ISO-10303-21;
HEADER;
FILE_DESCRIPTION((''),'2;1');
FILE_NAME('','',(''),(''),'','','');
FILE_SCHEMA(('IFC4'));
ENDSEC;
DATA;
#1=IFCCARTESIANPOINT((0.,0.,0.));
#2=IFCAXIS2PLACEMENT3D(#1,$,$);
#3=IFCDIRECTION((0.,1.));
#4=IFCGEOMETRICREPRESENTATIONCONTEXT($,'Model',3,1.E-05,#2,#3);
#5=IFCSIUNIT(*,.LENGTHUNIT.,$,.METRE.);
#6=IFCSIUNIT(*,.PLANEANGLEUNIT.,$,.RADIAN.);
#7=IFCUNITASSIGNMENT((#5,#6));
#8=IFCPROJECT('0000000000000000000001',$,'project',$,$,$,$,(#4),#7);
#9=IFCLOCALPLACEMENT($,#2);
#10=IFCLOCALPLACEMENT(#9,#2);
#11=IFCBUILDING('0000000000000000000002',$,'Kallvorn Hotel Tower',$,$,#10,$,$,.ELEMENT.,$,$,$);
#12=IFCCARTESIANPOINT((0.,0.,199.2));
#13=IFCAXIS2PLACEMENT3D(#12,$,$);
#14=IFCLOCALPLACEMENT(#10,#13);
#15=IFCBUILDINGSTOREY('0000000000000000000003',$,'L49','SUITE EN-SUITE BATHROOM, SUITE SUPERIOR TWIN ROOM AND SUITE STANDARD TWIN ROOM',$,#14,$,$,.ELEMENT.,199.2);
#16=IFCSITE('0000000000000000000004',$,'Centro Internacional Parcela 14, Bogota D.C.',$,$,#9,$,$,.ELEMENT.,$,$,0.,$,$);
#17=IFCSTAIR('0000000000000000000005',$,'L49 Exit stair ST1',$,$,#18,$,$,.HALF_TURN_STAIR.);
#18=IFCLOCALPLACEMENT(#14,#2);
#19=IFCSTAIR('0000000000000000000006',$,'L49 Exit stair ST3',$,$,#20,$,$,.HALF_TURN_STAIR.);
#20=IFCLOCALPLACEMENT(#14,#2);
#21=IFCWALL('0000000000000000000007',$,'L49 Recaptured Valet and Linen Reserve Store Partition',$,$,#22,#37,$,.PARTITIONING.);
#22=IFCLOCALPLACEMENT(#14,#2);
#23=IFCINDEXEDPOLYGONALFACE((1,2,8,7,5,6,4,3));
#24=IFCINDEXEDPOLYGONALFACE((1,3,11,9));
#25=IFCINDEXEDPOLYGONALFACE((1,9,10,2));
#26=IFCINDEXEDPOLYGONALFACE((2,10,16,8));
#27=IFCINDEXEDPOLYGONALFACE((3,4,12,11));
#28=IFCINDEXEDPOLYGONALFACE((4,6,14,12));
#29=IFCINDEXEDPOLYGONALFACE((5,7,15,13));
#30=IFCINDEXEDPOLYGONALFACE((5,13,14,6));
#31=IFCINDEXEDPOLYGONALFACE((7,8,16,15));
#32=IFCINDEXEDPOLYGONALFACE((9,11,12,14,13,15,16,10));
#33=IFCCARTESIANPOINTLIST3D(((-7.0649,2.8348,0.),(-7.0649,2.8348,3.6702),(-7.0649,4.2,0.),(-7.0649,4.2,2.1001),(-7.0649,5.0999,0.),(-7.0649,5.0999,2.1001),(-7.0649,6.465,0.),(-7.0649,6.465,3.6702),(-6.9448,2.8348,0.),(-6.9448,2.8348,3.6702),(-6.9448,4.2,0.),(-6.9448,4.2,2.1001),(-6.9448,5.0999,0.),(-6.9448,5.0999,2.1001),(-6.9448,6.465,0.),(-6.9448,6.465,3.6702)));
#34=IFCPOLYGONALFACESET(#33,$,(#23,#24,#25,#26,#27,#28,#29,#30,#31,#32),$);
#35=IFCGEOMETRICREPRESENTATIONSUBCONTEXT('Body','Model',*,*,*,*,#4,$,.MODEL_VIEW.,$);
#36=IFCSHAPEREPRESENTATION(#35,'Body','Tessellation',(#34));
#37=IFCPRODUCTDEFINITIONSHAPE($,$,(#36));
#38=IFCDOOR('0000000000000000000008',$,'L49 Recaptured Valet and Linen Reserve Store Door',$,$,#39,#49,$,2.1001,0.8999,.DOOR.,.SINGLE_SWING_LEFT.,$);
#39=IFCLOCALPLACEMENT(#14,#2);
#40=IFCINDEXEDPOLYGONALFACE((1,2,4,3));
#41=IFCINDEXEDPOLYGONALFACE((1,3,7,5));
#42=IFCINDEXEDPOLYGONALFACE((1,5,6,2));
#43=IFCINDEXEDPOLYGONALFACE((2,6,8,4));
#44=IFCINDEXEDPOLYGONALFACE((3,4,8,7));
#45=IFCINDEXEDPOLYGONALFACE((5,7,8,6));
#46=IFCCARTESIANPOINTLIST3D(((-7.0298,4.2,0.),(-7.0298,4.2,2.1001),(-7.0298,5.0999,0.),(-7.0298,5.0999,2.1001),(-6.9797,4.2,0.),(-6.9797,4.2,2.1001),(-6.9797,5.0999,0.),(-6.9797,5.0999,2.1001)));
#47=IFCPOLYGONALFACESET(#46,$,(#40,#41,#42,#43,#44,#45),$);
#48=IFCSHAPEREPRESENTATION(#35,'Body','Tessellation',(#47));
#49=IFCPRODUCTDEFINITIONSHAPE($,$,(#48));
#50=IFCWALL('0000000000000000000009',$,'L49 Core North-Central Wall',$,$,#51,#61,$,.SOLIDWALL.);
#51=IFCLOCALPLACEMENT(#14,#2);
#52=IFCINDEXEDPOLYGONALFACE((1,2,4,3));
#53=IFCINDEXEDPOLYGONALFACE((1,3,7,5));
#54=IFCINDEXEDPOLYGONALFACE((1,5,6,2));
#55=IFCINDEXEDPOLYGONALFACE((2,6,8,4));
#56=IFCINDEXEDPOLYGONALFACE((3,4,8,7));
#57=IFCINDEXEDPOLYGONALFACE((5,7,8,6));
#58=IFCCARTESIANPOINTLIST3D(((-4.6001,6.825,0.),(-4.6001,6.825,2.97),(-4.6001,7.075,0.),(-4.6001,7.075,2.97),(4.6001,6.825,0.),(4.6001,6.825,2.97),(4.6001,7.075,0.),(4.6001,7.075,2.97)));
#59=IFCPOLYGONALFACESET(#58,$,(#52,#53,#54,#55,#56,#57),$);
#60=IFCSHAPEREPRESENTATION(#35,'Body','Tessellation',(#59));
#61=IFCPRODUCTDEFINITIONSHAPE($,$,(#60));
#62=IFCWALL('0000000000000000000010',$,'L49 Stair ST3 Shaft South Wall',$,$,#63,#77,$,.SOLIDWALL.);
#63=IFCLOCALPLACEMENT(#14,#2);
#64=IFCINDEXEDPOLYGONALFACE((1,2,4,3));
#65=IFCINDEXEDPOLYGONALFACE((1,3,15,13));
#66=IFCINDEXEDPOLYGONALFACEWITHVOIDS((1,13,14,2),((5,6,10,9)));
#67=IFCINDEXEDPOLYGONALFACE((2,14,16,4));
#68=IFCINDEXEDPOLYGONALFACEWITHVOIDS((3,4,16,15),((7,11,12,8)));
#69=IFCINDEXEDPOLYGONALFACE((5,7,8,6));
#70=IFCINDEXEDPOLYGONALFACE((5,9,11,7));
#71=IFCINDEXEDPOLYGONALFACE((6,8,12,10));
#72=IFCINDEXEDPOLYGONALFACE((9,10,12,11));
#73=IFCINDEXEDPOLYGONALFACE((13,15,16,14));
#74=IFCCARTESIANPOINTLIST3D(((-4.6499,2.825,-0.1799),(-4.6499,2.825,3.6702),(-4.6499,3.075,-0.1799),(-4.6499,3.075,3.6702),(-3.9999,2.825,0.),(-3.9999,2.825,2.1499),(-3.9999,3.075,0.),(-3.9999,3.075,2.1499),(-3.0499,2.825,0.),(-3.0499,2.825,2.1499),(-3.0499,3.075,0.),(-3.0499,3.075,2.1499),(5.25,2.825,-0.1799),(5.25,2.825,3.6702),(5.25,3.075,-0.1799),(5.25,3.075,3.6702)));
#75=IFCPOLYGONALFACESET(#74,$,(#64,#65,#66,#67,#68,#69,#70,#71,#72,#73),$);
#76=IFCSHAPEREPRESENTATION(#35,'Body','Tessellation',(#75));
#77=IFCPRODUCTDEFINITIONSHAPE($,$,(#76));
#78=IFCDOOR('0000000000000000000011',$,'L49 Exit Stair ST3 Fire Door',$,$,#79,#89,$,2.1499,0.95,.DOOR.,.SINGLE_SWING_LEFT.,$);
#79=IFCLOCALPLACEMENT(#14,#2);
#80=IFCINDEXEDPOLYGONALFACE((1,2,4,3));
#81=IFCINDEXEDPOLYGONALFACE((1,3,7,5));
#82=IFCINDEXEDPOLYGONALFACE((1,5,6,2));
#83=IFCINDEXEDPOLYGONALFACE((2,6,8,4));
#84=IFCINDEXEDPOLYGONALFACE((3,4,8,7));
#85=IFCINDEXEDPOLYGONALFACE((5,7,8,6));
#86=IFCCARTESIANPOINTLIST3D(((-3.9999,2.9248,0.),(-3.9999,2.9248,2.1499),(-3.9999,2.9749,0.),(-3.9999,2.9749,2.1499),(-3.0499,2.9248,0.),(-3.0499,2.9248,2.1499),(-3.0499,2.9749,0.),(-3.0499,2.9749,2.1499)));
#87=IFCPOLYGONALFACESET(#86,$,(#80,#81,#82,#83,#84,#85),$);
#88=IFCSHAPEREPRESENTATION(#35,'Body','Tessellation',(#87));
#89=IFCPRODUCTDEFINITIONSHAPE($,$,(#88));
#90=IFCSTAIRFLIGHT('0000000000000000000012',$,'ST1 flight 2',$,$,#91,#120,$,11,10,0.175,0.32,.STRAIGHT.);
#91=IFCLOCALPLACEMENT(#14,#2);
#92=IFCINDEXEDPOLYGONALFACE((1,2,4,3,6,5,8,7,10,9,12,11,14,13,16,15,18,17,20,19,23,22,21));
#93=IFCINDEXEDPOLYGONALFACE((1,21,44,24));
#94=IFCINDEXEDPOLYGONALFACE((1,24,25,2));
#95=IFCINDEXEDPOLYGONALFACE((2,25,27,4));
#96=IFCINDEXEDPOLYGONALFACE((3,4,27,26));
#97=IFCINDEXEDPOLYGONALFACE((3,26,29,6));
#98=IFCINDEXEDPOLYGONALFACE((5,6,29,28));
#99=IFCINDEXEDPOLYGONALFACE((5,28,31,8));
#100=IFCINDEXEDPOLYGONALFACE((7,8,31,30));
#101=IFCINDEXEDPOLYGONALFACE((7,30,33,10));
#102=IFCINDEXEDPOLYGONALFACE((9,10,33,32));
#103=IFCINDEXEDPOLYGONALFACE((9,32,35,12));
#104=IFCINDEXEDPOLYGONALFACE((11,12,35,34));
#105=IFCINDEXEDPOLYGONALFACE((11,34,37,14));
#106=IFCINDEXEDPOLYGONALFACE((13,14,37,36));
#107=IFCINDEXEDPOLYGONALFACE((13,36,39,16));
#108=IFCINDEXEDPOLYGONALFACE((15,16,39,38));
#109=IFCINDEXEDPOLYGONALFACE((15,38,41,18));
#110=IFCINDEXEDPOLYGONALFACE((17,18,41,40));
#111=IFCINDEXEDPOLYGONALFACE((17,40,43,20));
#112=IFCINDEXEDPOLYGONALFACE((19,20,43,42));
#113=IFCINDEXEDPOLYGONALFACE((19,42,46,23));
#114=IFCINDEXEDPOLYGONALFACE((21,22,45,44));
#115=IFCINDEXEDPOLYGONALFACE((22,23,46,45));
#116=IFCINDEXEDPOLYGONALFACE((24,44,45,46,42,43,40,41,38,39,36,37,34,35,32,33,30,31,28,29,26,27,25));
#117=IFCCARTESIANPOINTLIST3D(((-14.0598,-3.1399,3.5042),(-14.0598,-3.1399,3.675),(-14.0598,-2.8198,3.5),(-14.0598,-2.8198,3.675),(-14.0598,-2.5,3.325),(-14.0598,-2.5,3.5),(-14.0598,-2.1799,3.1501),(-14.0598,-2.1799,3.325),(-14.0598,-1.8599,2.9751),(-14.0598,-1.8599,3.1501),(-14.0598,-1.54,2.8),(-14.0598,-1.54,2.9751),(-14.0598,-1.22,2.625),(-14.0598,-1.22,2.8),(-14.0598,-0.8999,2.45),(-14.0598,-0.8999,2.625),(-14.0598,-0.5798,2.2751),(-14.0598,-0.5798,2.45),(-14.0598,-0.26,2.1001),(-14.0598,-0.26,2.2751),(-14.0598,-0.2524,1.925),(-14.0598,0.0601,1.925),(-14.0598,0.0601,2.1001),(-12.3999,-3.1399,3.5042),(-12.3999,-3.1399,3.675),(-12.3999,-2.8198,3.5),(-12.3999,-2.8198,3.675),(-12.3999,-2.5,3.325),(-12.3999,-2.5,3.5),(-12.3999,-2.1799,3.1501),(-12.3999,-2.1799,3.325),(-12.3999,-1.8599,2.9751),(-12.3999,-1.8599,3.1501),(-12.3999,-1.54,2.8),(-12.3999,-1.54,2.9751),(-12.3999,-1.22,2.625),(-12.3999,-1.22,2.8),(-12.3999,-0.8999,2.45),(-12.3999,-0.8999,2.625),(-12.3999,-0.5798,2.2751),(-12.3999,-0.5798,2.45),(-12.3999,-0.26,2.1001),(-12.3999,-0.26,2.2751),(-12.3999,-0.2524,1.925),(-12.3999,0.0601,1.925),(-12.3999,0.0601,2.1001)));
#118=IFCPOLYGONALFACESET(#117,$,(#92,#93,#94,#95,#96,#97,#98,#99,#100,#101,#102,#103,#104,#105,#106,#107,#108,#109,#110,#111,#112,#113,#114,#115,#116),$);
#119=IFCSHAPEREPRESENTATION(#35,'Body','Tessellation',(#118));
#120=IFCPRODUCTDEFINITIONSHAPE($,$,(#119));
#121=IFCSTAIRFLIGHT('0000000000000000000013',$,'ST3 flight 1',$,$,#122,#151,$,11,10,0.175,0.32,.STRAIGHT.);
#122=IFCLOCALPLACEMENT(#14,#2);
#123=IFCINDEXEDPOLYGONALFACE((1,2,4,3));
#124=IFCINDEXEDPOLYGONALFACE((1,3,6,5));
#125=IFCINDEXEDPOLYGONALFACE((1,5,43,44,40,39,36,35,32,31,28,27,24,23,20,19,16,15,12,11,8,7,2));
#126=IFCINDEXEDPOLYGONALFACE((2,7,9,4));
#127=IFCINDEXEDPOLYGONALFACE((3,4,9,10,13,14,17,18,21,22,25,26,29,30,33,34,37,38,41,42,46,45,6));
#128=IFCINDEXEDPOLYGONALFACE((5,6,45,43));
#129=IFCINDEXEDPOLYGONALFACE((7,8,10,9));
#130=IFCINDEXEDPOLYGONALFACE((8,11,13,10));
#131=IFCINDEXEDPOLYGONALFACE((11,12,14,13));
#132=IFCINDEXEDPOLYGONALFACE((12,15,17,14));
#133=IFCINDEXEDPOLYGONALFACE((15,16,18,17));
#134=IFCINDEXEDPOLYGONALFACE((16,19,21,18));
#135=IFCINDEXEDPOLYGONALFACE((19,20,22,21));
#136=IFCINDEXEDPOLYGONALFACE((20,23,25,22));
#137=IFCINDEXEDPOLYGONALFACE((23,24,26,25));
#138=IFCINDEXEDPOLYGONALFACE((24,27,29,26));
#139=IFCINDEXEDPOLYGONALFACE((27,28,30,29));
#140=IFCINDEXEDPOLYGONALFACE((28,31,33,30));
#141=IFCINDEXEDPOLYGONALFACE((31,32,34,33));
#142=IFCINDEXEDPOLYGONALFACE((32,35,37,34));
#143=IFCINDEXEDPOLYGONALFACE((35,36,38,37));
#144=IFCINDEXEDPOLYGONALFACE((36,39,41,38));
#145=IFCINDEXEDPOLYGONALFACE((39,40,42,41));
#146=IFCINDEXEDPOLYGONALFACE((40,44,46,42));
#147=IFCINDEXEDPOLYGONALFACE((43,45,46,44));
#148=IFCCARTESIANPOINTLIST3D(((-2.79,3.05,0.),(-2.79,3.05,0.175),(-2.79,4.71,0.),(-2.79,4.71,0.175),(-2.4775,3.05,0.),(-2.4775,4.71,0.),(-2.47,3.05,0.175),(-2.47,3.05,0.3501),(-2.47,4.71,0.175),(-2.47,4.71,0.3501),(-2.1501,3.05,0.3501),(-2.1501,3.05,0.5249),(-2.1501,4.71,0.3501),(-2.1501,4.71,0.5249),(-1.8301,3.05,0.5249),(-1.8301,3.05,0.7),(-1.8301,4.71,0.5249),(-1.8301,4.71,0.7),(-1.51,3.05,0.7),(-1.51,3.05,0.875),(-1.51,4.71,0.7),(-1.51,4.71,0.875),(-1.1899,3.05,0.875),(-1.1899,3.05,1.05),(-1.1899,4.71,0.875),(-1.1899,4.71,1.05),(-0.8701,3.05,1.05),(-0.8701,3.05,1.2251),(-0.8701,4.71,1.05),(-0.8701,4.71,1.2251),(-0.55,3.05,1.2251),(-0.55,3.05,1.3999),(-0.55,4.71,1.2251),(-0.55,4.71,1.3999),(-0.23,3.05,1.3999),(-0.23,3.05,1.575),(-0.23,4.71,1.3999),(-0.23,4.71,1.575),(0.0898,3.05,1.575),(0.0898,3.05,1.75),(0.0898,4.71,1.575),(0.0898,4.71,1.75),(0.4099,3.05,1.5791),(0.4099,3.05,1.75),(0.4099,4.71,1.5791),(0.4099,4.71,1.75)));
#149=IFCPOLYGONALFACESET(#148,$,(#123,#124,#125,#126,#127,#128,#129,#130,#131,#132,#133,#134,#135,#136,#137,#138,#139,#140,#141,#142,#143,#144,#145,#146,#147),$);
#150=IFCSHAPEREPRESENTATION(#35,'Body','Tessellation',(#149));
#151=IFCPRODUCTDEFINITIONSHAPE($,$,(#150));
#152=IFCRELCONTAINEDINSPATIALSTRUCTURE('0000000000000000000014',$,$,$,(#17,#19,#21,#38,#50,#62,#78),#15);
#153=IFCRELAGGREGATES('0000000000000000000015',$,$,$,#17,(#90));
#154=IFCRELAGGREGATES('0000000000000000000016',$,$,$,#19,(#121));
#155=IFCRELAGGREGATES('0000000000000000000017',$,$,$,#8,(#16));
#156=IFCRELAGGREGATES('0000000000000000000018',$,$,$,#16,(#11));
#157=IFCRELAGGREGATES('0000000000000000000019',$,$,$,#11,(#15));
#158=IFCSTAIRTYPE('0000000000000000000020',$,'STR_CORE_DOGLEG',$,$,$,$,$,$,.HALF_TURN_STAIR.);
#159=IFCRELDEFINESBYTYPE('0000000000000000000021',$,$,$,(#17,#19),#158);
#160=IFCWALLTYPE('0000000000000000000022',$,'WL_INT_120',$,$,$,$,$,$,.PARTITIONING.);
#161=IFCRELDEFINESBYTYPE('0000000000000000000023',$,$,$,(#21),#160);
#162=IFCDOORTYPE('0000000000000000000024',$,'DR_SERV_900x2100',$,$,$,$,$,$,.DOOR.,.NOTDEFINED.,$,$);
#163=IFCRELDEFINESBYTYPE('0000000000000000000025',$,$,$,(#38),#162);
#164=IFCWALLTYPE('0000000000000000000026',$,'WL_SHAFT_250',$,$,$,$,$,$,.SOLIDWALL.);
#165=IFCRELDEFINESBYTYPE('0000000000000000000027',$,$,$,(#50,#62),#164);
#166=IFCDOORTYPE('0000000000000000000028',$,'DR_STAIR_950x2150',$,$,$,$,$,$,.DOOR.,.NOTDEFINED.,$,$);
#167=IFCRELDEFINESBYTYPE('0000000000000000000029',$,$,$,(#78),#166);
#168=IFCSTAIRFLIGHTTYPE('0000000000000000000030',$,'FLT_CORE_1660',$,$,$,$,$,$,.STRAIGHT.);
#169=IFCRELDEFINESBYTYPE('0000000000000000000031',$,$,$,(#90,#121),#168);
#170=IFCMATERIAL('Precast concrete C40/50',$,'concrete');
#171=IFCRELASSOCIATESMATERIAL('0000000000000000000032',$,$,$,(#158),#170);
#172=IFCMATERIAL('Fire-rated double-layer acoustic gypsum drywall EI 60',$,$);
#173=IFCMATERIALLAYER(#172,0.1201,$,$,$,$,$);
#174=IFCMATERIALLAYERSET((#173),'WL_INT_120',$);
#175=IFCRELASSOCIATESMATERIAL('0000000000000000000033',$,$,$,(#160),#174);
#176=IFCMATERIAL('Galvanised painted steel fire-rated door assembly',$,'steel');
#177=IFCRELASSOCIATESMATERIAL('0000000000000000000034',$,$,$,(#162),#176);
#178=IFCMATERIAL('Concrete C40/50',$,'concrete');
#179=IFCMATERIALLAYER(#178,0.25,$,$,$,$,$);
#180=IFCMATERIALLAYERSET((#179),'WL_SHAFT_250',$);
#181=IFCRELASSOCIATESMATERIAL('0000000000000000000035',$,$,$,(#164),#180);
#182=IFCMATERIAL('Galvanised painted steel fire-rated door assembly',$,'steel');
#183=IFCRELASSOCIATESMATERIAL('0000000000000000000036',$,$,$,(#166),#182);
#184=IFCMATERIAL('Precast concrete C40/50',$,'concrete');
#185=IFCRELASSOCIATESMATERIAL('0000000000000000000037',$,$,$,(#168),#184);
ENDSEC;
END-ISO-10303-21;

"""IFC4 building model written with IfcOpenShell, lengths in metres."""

from ifc_helpers import new_model, si_unit, direction, frame, frame_2d, origin, place, context, subcontext, project, spatial, polyline, rectangle, outline, extrude, material, layer, layer_set, type_object, element, fill, aggregate, save


model = new_model("IFC4")

# Units and contexts
model_context = context("Model", 3, precision=1e-05, world=origin(), true_north=direction((0.0, 1.0)))
body_context = subcontext(model_context, "Body", "Model", "MODEL_VIEW")
ifc_project = project(units=[si_unit("LENGTHUNIT", "METRE"), si_unit("PLANEANGLEUNIT", "RADIAN")], contexts=[model_context])

# Site, building, storey
site_placement = place(None, origin())
site = spatial("IfcSite", under=ifc_project, at=site_placement, Name="Centro Internacional Parcela 14, Bogota D.C.", CompositionType="ELEMENT", RefElevation=0.0)
building_placement = place(site_placement, origin())
building = spatial("IfcBuilding", under=site, at=building_placement, Name="Kallvorn Hotel Tower", CompositionType="ELEMENT")
storey_placement = place(building_placement, frame((0.0, 0.0, 199.2)))
storey = spatial("IfcBuildingStorey", under=building, at=storey_placement, Name="L49", Description="SUITE EN-SUITE BATHROOM, SUITE SUPERIOR TWIN ROOM AND SUITE STANDARD TWIN ROOM", CompositionType="ELEMENT", Elevation=199.2)

# Stairs
ifc_material_1 = material(Name="Precast concrete C40/50", Category="concrete")
stair_type = type_object("IfcStairType", Name="STR_CORE_DOGLEG", PredefinedType="HALF_TURN_STAIR", material=ifc_material_1)
stair_1_placement = place(storey_placement, origin())
stair_1 = element("IfcStair", 1, at=stair_1_placement, inside=storey, type_object=stair_type, Name="L49 Exit stair ST1", PredefinedType="HALF_TURN_STAIR")
stair_2_placement = place(storey_placement, origin())
stair_2 = element("IfcStair", 2, at=stair_2_placement, inside=storey, type_object=stair_type, Name="L49 Exit stair ST3", PredefinedType="HALF_TURN_STAIR")

# Shared definitions
ifc_material_2 = material(Name="Fire-rated double-layer acoustic gypsum drywall EI 60")
ifc_layer_1 = layer(ifc_material_2, 0.1201)
ifc_layer_set_1 = layer_set([ifc_layer_1], Name="WL_INT_120")
wall_type_1 = type_object("IfcWallType", Name="WL_INT_120", PredefinedType="PARTITIONING", material=ifc_layer_set_1)

# Wall, opening, door
wall_1_placement = place(storey_placement, frame((-7.0049, 2.835, 0.0), z_axis=(0.0, 0.0, 1.0), x_axis=(0.0, 1.0, 0.0)))
wall_1 = element("IfcWall", 3, at=wall_1_placement, inside=storey, type_object=wall_type_1, Name="L49 Recaptured Valet and Linen Reserve Store Partition", PredefinedType="PARTITIONING", context=body_context, shape_type="SweptSolid", body=[
    extrude(rectangle(XDim=3.6301, YDim=0.1201, at=frame_2d((1.8149, 0.0))), origin(), (0.0, 0.0, 1.0), 3.6702),
])
opening_1_placement = place(wall_1_placement, frame((1.365, 0.0, 0.0)))
opening_1 = element("IfcOpeningElement", 4, at=opening_1_placement, cuts=wall_1, PredefinedType="OPENING", context=body_context, shape_type="SweptSolid", body=[
    extrude(rectangle(XDim=0.8999, YDim=2.1001, at=frame_2d((0.45, 1.05))), frame((0.0, 0.075, 0.0), z_axis=(0.0, -1.0, 0.0), x_axis=(1.0, 0.0, 0.0)), (0.0, 0.0, 1.0), 0.1501),
])
ifc_material_3 = material(Name="Galvanised painted steel fire-rated door assembly", Category="steel")
door_type_1 = type_object("IfcDoorType", Name="DR_SERV_900x2100", OperationType="NOTDEFINED", PredefinedType="DOOR", material=ifc_material_3)
door_1_placement = place(opening_1_placement, origin())
door_1 = element("IfcDoor", 5, at=door_1_placement, inside=storey, type_object=door_type_1, Name="L49 Recaptured Valet and Linen Reserve Store Door", OperationType="SINGLE_SWING_LEFT", OverallHeight=2.1001, OverallWidth=0.8999, PredefinedType="DOOR", context=body_context, shape_type="SweptSolid", body=[
    extrude(rectangle(XDim=0.8999, YDim=2.1001, at=frame_2d((0.45, 1.05))), frame((0.0, 0.0249, 0.0), z_axis=(0.0, -1.0, 0.0), x_axis=(1.0, 0.0, 0.0)), (0.0, 0.0, 1.0), 0.05),
])
fill(opening_1, door_1)

# Wall
ifc_material_4 = material(Name="Concrete C40/50", Category="concrete")
ifc_layer_2 = layer(ifc_material_4, 0.25)
ifc_layer_set_2 = layer_set([ifc_layer_2], Name="WL_SHAFT_250")
wall_type_2 = type_object("IfcWallType", Name="WL_SHAFT_250", PredefinedType="SOLIDWALL", material=ifc_layer_set_2)
wall_2_placement = place(storey_placement, frame((-4.6001, 6.95, 0.0), z_axis=(0.0, 0.0, 1.0), x_axis=(1.0, 0.0, 0.0)))
element("IfcWall", 6, at=wall_2_placement, inside=storey, type_object=wall_type_2, Name="L49 Core North-Central Wall", PredefinedType="SOLIDWALL", context=body_context, shape_type="SweptSolid", body=[
    extrude(rectangle(XDim=9.2002, YDim=0.25, at=frame_2d((4.6001, 0.0))), origin(), (0.0, 0.0, 1.0), 2.97),
])

# Wall, opening, door
wall_3_placement = place(storey_placement, frame((-4.6499, 2.95, -0.1799), z_axis=(0.0, 0.0, 1.0), x_axis=(1.0, 0.0, 0.0)))
wall_3 = element("IfcWall", 7, at=wall_3_placement, inside=storey, type_object=wall_type_2, Name="L49 Stair ST3 Shaft South Wall", PredefinedType="SOLIDWALL", context=body_context, shape_type="SweptSolid", body=[
    extrude(rectangle(XDim=9.8999, YDim=0.25, at=frame_2d((4.95, 0.0))), origin(), (0.0, 0.0, 1.0), 3.8501),
])
opening_2_placement = place(wall_3_placement, frame((0.6499, 0.0, 0.1799)))
opening_2 = element("IfcOpeningElement", 8, at=opening_2_placement, cuts=wall_3, PredefinedType="OPENING", context=body_context, shape_type="SweptSolid", body=[
    extrude(rectangle(XDim=0.95, YDim=2.1499, at=frame_2d((0.4751, 1.075))), frame((0.0, 0.1399, 0.0), z_axis=(0.0, -1.0, 0.0), x_axis=(1.0, 0.0, 0.0)), (0.0, 0.0, 1.0), 0.28),
])
ifc_material_5 = material(Name="Galvanised painted steel fire-rated door assembly", Category="steel")
door_type_2 = type_object("IfcDoorType", Name="DR_STAIR_950x2150", OperationType="NOTDEFINED", PredefinedType="DOOR", material=ifc_material_5)
door_2_placement = place(opening_2_placement, origin())
door_2 = element("IfcDoor", 9, at=door_2_placement, inside=storey, type_object=door_type_2, Name="L49 Exit Stair ST3 Fire Door", OperationType="SINGLE_SWING_LEFT", OverallHeight=2.1499, OverallWidth=0.95, PredefinedType="DOOR", context=body_context, shape_type="SweptSolid", body=[
    extrude(rectangle(XDim=0.95, YDim=2.1499, at=frame_2d((0.4751, 1.075))), frame((0.0, 0.0249, 0.0), z_axis=(0.0, -1.0, 0.0), x_axis=(1.0, 0.0, 0.0)), (0.0, 0.0, 1.0), 0.05),
])
fill(opening_2, door_2)

# Stair flights
ifc_material_6 = material(Name="Precast concrete C40/50", Category="concrete")
stair_flight_type = type_object("IfcStairFlightType", Name="FLT_CORE_1660", PredefinedType="STRAIGHT", material=ifc_material_6)
stair_flight_1_placement = place(storey_placement, frame((-13.23, 0.0601, 1.925), z_axis=(0.0, 0.0, 1.0), x_axis=(0.0, -1.0, 0.0)))
stair_flight_1 = element("IfcStairFlight", 10, at=stair_flight_1_placement, type_object=stair_flight_type, Name="ST1 flight 2", NumberOfRisers=11, NumberOfTreads=10, PredefinedType="STRAIGHT", RiserHeight=0.175, TreadLength=0.32, context=body_context, shape_type="SweptSolid", body=[
    extrude(outline(polyline([(0.0, 0.0), (0.0, 0.175), (0.3201, 0.175), (0.3201, 0.3501), (0.6399, 0.3501), (0.6399, 0.5249), (0.96, 0.5249), (0.96, 0.7), (1.28, 0.7), (1.28, 0.875), (1.6001, 0.875), (1.6001, 1.05), (1.9199, 1.05), (1.9199, 1.2251), (2.24, 1.2251), (2.24, 1.3999), (2.5601, 1.3999), (2.5601, 1.575), (2.8799, 1.575), (2.8799, 1.75), (3.2, 1.75), (3.2, 1.925), (3.2, 1.5791), (0.3125, 0.0), (0.0, 0.0)])), frame((0.0, 0.8301, 0.0), z_axis=(0.0, -1.0, 0.0), x_axis=(1.0, 0.0, 0.0)), (0.0, 0.0, 1.0), 1.6599),
])
aggregate(stair_1, [stair_flight_1])
stair_flight_2_placement = place(storey_placement, frame((-2.79, 3.8799, 0.0), z_axis=(0.0, 0.0, 1.0), x_axis=(1.0, 0.0, 0.0)))
stair_flight_2 = element("IfcStairFlight", 11, at=stair_flight_2_placement, type_object=stair_flight_type, Name="ST3 flight 1", NumberOfRisers=11, NumberOfTreads=10, PredefinedType="STRAIGHT", RiserHeight=0.175, TreadLength=0.32, context=body_context, shape_type="SweptSolid", body=[
    extrude(outline(polyline([(0.0, 0.0), (0.0, 0.175), (0.3201, 0.175), (0.3201, 0.3501), (0.6399, 0.3501), (0.6399, 0.5249), (0.96, 0.5249), (0.96, 0.7), (1.28, 0.7), (1.28, 0.875), (1.6001, 0.875), (1.6001, 1.05), (1.9199, 1.05), (1.9199, 1.2251), (2.24, 1.2251), (2.24, 1.3999), (2.5601, 1.3999), (2.5601, 1.575), (2.8799, 1.575), (2.8799, 1.75), (3.2, 1.75), (3.2, 1.925), (3.2, 1.5791), (0.3125, 0.0), (0.0, 0.0)])), frame((0.0, 0.8301, 0.0), z_axis=(0.0, -1.0, 0.0), x_axis=(1.0, 0.0, 0.0)), (0.0, 0.0, 1.0), 1.6599),
])
aggregate(stair_2, [stair_flight_2])

save(model, "model.ifc")
